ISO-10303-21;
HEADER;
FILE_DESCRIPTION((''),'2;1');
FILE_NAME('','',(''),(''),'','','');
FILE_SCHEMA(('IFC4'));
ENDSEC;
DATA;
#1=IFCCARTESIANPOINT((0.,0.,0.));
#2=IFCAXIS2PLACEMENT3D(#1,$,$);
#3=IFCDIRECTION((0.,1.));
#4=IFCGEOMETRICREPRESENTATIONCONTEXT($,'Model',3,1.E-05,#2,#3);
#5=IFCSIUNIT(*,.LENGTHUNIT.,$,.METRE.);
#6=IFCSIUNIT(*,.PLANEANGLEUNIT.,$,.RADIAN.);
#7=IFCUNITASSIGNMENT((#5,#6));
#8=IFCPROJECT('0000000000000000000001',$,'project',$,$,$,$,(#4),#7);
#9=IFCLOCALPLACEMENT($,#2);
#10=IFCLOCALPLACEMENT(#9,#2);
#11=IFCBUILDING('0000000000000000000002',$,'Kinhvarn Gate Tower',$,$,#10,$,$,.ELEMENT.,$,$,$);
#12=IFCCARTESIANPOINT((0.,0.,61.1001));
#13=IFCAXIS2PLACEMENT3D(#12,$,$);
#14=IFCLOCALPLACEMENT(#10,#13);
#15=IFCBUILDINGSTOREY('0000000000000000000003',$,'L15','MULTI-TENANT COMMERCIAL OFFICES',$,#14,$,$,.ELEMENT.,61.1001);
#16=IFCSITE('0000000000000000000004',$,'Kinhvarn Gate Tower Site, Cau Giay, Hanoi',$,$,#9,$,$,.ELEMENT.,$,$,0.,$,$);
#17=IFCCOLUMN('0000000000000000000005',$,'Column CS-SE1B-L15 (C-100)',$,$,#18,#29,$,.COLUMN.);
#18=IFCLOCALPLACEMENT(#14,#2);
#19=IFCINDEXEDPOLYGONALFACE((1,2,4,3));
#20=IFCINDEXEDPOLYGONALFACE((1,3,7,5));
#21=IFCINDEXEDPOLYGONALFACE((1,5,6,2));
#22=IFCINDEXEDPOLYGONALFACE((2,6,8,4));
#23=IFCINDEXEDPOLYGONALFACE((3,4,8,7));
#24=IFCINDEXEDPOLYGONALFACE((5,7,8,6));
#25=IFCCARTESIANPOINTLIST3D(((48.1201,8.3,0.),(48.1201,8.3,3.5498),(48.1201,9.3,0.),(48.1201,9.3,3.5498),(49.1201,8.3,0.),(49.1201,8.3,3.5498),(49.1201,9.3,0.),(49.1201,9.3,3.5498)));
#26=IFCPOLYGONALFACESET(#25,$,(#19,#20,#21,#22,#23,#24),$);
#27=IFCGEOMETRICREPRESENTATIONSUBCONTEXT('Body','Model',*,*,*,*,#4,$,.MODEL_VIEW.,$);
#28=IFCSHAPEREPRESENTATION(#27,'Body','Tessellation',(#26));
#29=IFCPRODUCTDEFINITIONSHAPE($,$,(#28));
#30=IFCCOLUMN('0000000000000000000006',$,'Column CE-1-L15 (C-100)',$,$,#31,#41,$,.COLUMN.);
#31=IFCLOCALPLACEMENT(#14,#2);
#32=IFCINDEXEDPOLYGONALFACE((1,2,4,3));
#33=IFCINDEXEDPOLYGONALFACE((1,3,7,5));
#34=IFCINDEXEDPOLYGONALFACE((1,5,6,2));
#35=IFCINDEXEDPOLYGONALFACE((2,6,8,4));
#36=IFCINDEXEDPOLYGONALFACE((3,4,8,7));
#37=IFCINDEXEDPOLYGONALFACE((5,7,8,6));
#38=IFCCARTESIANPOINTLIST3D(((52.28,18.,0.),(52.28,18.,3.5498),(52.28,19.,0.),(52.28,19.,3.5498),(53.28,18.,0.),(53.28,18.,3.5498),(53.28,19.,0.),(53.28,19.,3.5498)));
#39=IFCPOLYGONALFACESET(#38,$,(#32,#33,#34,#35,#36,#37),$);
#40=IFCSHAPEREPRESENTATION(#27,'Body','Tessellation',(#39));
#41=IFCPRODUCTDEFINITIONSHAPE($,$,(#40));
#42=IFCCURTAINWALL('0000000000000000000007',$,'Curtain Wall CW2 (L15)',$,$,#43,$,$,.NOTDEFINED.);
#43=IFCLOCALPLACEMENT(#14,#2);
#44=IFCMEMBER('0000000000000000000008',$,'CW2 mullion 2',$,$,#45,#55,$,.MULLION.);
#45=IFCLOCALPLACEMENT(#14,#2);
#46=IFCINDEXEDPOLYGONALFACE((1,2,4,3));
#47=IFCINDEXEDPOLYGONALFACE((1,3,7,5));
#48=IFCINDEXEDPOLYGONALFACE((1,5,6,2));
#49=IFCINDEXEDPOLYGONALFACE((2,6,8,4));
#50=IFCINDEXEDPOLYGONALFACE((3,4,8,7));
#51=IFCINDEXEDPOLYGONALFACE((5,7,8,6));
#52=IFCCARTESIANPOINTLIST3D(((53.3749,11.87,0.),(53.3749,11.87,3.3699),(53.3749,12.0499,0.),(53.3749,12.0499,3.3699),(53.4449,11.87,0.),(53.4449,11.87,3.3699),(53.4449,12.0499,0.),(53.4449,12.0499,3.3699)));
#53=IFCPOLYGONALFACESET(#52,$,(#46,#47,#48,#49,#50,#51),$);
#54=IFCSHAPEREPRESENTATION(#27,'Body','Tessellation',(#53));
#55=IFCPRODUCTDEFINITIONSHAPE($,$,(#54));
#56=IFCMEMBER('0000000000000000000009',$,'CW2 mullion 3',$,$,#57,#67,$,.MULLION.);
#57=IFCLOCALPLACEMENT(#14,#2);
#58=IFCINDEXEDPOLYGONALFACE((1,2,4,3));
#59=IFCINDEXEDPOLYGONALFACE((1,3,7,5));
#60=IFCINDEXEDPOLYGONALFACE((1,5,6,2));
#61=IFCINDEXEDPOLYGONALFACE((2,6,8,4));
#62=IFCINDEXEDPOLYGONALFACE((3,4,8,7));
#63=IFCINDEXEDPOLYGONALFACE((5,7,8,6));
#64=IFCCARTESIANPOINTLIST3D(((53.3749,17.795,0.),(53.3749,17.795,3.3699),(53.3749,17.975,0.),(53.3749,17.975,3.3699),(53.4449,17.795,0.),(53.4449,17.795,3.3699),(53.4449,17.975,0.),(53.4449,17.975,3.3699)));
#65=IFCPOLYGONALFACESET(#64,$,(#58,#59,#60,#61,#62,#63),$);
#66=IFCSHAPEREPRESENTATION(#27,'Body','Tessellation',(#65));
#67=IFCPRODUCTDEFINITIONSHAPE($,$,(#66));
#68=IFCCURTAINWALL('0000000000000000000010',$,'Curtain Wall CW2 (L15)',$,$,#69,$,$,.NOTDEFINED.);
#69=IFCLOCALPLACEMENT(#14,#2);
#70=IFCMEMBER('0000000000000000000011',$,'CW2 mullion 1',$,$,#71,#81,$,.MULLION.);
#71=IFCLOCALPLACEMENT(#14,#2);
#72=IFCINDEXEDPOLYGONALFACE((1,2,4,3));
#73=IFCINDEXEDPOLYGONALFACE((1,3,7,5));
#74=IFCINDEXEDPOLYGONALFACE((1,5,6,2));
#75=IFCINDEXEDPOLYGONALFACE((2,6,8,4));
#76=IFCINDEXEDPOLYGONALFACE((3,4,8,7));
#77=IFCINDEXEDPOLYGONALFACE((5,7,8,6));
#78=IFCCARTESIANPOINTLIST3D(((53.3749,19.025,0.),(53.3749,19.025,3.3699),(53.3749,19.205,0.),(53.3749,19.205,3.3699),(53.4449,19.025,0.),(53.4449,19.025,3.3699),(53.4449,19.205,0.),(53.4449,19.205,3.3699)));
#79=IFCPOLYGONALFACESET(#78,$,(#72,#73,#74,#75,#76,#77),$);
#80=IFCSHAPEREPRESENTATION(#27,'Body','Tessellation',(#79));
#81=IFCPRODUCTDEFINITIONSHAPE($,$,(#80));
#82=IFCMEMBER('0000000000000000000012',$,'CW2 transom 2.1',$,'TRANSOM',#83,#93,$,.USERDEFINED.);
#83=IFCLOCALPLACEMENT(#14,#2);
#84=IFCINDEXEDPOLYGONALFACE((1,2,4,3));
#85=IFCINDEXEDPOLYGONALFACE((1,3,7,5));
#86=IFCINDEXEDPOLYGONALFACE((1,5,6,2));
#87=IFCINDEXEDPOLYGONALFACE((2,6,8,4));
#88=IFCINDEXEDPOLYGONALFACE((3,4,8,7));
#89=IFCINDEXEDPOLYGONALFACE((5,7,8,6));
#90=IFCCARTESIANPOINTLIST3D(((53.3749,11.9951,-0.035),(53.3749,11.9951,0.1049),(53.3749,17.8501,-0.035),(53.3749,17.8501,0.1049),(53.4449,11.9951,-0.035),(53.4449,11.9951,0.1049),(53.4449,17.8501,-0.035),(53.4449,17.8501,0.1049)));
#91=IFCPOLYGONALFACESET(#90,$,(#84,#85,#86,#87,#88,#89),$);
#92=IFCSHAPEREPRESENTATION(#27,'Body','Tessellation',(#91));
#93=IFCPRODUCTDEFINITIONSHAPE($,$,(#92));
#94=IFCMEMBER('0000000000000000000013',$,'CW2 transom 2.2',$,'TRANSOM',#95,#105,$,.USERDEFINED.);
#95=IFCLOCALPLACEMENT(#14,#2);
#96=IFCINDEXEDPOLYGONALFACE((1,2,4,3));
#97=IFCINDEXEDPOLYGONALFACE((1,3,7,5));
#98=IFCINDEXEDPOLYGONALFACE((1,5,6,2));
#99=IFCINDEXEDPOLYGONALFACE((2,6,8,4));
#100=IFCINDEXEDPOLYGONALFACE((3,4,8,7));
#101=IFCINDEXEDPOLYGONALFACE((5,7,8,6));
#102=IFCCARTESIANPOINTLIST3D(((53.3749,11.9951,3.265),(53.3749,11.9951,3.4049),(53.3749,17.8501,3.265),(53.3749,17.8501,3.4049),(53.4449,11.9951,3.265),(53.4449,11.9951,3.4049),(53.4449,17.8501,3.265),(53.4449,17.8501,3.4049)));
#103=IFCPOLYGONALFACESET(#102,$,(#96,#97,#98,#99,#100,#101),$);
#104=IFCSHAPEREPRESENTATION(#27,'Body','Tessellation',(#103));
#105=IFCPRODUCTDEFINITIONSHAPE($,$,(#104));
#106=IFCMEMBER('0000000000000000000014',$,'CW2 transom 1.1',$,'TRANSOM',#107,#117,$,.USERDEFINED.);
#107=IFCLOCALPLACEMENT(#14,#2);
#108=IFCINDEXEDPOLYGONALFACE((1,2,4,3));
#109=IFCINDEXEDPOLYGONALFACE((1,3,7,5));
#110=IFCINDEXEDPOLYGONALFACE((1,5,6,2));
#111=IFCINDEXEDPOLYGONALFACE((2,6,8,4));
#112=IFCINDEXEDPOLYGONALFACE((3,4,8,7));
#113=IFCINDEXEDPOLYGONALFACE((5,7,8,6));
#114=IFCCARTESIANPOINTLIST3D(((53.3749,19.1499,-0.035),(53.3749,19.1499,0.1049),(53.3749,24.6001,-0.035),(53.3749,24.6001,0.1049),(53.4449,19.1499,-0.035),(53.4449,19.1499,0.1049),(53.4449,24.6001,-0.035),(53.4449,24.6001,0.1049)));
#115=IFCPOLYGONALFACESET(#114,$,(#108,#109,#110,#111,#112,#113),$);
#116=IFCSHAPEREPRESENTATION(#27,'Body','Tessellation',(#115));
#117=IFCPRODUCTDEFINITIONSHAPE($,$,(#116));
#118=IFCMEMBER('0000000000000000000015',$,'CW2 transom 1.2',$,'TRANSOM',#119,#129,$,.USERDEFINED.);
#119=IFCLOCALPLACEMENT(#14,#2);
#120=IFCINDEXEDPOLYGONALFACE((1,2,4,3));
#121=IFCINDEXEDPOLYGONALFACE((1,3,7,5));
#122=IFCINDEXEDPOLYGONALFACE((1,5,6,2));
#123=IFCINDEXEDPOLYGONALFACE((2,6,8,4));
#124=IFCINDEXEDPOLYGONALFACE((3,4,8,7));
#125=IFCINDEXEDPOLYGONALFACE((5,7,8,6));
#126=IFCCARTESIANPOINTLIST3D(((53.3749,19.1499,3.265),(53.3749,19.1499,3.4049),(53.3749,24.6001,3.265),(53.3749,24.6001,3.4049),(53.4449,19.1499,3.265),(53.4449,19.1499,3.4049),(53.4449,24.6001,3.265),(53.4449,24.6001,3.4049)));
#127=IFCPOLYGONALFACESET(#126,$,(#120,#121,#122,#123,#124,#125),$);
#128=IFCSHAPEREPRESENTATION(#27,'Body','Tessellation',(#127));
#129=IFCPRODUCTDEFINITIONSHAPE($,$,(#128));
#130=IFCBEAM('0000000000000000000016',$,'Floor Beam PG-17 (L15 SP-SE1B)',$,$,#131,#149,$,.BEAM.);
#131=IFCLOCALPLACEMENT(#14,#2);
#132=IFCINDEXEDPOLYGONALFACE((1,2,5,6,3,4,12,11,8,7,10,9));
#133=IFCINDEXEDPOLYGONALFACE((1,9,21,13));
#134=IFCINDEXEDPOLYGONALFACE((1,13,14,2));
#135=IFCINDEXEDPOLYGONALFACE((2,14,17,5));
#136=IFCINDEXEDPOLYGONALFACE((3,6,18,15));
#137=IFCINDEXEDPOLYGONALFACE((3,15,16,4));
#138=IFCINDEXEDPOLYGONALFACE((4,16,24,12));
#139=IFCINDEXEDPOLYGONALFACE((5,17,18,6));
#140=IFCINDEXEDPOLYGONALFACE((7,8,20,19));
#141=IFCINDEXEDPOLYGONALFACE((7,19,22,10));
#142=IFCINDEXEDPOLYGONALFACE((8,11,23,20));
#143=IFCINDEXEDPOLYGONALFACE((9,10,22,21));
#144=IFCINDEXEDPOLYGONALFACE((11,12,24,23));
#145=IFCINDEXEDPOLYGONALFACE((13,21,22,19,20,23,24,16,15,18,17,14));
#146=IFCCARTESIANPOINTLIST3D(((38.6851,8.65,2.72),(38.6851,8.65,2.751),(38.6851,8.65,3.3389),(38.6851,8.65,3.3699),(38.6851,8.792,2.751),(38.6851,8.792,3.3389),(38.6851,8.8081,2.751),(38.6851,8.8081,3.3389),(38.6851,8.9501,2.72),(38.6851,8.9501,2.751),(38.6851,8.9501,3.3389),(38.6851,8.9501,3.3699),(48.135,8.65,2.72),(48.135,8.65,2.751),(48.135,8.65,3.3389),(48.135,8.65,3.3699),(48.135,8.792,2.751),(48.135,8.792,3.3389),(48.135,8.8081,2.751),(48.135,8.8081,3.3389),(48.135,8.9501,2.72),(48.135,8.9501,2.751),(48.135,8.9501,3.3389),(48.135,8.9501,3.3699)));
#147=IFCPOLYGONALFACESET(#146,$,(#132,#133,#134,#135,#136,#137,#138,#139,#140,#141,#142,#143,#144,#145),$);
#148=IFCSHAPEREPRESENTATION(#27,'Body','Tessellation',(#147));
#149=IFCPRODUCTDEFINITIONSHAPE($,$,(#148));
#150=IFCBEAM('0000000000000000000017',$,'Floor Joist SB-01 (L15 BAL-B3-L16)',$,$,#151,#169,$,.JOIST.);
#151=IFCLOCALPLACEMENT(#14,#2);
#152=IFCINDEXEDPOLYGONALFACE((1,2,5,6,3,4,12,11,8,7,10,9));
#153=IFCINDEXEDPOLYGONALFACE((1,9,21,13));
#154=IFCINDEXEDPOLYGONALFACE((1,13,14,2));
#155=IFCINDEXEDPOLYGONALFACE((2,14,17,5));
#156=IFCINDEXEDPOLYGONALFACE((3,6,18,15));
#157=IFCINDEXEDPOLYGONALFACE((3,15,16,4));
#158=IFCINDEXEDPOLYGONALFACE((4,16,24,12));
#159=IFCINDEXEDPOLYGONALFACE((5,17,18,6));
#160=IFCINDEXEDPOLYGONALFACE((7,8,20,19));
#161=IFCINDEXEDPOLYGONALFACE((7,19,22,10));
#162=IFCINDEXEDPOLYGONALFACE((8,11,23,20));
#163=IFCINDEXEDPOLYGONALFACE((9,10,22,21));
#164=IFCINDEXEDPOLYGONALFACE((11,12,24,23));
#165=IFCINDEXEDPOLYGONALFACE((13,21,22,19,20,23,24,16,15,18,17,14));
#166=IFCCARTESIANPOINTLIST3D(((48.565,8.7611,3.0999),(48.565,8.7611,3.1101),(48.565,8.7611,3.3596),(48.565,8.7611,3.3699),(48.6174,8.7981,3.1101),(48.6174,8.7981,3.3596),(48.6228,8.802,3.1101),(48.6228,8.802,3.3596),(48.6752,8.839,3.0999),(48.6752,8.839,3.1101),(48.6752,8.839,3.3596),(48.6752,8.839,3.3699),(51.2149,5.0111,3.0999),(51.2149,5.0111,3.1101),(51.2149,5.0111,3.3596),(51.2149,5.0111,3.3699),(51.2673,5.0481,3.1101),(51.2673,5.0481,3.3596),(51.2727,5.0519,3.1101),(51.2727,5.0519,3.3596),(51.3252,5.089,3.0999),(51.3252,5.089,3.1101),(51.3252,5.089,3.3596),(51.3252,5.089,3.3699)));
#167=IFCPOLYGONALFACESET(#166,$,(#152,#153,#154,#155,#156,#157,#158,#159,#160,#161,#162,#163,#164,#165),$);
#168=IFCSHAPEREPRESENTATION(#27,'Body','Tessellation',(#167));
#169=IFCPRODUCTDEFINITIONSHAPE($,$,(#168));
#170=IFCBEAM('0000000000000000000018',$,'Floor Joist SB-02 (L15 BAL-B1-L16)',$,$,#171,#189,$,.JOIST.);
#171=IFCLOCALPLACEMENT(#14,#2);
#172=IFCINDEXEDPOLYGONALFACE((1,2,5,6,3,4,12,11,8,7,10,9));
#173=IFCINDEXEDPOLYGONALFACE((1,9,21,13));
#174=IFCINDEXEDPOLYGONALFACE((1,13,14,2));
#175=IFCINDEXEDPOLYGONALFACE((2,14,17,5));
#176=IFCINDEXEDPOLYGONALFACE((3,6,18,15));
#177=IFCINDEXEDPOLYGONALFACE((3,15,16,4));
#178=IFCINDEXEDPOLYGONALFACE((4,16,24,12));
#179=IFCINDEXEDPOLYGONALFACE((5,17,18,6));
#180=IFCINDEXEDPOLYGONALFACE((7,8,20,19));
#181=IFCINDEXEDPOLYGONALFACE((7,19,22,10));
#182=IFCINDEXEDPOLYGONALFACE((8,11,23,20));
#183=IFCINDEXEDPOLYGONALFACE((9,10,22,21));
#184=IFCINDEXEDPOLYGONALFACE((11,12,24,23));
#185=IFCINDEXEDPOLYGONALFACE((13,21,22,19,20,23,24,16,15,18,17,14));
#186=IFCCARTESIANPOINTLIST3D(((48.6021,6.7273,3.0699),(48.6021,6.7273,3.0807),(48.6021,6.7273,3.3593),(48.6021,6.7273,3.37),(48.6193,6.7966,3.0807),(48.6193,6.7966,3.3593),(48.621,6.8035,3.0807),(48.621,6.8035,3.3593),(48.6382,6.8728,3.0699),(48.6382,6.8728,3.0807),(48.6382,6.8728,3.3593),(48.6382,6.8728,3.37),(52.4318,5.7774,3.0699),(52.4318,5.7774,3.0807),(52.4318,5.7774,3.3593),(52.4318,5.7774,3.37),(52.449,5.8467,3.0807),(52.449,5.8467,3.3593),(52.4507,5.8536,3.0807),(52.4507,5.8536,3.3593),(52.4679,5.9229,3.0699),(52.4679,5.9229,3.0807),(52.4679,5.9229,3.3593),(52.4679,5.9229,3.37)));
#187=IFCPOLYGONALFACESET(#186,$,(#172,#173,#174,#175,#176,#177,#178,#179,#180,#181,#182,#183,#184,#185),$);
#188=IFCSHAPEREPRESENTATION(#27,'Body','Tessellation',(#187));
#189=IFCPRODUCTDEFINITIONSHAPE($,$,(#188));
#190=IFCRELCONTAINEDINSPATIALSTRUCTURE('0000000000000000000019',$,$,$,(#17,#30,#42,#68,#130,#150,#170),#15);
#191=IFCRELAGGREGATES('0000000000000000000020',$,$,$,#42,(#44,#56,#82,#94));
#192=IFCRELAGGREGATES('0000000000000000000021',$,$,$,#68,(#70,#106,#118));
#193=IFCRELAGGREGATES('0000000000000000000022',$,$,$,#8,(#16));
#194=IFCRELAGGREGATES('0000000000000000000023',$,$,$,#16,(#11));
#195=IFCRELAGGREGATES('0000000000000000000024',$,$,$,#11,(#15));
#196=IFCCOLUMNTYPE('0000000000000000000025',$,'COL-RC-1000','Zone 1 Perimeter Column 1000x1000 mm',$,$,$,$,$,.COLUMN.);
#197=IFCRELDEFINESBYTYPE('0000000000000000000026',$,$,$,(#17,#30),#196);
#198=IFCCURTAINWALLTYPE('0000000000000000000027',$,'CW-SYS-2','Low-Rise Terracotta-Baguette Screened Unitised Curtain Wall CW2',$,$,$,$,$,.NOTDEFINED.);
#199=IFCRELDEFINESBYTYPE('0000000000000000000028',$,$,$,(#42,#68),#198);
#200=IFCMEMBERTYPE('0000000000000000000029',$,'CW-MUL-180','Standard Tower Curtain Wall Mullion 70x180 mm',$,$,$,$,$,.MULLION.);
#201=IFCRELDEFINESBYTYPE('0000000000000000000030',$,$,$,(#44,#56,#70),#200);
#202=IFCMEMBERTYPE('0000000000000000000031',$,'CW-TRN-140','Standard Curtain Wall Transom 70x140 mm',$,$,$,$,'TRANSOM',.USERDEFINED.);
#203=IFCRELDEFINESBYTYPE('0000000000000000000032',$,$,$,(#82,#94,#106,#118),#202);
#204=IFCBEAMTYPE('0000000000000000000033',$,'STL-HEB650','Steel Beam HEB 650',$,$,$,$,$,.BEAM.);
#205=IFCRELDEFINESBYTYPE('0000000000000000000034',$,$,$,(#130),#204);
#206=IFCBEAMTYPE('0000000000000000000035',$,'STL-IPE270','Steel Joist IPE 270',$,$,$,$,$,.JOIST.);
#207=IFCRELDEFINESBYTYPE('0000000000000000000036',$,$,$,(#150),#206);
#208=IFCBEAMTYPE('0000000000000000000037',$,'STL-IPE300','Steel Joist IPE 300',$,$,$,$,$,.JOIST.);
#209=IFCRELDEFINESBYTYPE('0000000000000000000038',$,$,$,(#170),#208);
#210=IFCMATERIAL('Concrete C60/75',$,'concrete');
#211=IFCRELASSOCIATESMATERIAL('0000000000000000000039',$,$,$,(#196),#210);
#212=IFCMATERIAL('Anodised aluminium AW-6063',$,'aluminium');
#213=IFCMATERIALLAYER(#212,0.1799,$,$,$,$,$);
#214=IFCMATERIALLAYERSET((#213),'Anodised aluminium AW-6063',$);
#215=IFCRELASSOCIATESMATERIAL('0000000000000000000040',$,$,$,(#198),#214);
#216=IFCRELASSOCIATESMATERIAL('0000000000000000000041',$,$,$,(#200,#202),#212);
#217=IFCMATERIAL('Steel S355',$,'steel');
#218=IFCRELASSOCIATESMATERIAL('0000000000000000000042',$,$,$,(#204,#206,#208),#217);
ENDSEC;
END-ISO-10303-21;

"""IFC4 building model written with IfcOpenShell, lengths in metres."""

from ifc_helpers import new_model, si_unit, direction, frame, origin, origin_2d, place, context, subcontext, project, spatial, rectangle, i_section, extrude, material, layer, layer_set, material_profile, profile_set, type_object, element, aggregate, save


model = new_model("IFC4")

# Units and contexts
model_context = context("Model", 3, precision=1e-05, world=origin(), true_north=direction((0.0, 1.0)))
body_context = subcontext(model_context, "Body", "Model", "MODEL_VIEW")
ifc_project = project(units=[si_unit("LENGTHUNIT", "METRE"), si_unit("PLANEANGLEUNIT", "RADIAN")], contexts=[model_context])

# Site, building, storey
site_placement = place(None, origin())
site = spatial("IfcSite", under=ifc_project, at=site_placement, Name="Kinhvarn Gate Tower Site, Cau Giay, Hanoi", CompositionType="ELEMENT", RefElevation=0.0)
building_placement = place(site_placement, origin())
building = spatial("IfcBuilding", under=site, at=building_placement, Name="Kinhvarn Gate Tower", CompositionType="ELEMENT")
storey_placement = place(building_placement, frame((0.0, 0.0, 61.1001)))
storey = spatial("IfcBuildingStorey", under=building, at=storey_placement, Name="L15", Description="MULTI-TENANT COMMERCIAL OFFICES", CompositionType="ELEMENT", Elevation=61.1001)

# Columns
ifc_material_1 = material(Name="Concrete C60/75", Category="concrete")
ifc_material_profile_1 = material_profile(ifc_material_1, rectangle(XDim=1.0, YDim=1.0, at=origin_2d()), Name="RC 1000x1000")
ifc_profile_set_1 = profile_set([ifc_material_profile_1], Name="Concrete C60/75")
column_type = type_object("IfcColumnType", Name="COL-RC-1000", Description="Zone 1 Perimeter Column 1000x1000 mm", PredefinedType="COLUMN", material=ifc_profile_set_1)
for number, where, z_axis, x_axis, name in (
    (1, (48.6201, 8.8, 0.0), (0.0, 0.0, 1.0), (1.0, 0.0, 0.0), "Column CS-SE1B-L15 (C-100)"),
    (2, (52.78, 18.5, 0.0), (0.0, 0.0, 1.0), (1.0, 0.0, 0.0), "Column CE-1-L15 (C-100)"),
):
    element("IfcColumn", number, at=place(storey_placement, frame(where, z_axis=z_axis, x_axis=x_axis)), inside=storey, type_object=column_type, Name=name, PredefinedType="COLUMN", context=body_context, shape_type="SweptSolid", body=[
        extrude(rectangle(XDim=1.0, YDim=1.0, at=origin_2d()), origin(), (0.0, 0.0, 1.0), 3.5498),
    ])

# Curtain wall, members
ifc_material_2 = material(Name="Anodised aluminium AW-6063", Category="aluminium")
ifc_layer_1 = layer(ifc_material_2, 0.1799)
ifc_layer_set_1 = layer_set([ifc_layer_1], Name="Anodised aluminium AW-6063")
curtain_wall_type = type_object("IfcCurtainWallType", Name="CW-SYS-2", Description="Low-Rise Terracotta-Baguette Screened Unitised Curtain Wall CW2", PredefinedType="NOTDEFINED", material=ifc_layer_set_1)
curtain_wall_1_placement = place(storey_placement, origin())
curtain_wall_1 = element("IfcCurtainWall", 3, at=curtain_wall_1_placement, inside=storey, type_object=curtain_wall_type, Name="Curtain Wall CW2 (L15)", PredefinedType="NOTDEFINED")
ifc_material_profile_2 = material_profile(ifc_material_2, rectangle(XDim=0.0701, YDim=0.1799, at=origin_2d()), Name="ALU 70x180")
ifc_profile_set_2 = profile_set([ifc_material_profile_2], Name="Anodised aluminium AW-6063")
member_type_1 = type_object("IfcMemberType", Name="CW-MUL-180", Description="Standard Tower Curtain Wall Mullion 70x180 mm", PredefinedType="MULLION", material=ifc_profile_set_2)
member_1_placement = place(storey_placement, frame((53.4099, 11.96, 0.0), z_axis=(0.0, 0.0, 1.0), x_axis=(-1.0, 0.0, 0.0)))
member_1 = element("IfcMember", 4, at=member_1_placement, type_object=member_type_1, Name="CW2 mullion 2", PredefinedType="MULLION", context=body_context, shape_type="SweptSolid", body=[
    extrude(rectangle(XDim=0.0701, YDim=0.1799, at=origin_2d()), origin(), (0.0, 0.0, 1.0), 3.3699),
])
member_2_placement = place(storey_placement, frame((53.4099, 17.885, 0.0), z_axis=(0.0, 0.0, 1.0), x_axis=(-1.0, 0.0, 0.0)))
member_2 = element("IfcMember", 5, at=member_2_placement, type_object=member_type_1, Name="CW2 mullion 3", PredefinedType="MULLION", context=body_context, shape_type="SweptSolid", body=[
    extrude(rectangle(XDim=0.0701, YDim=0.1799, at=origin_2d()), origin(), (0.0, 0.0, 1.0), 3.3699),
])

# Curtain wall, member
curtain_wall_2_placement = place(storey_placement, origin())
curtain_wall_2 = element("IfcCurtainWall", 6, at=curtain_wall_2_placement, inside=storey, type_object=curtain_wall_type, Name="Curtain Wall CW2 (L15)", PredefinedType="NOTDEFINED")
member_3_placement = place(storey_placement, frame((53.4099, 19.115, 0.0), z_axis=(0.0, 0.0, 1.0), x_axis=(-1.0, 0.0, 0.0)))
member_3 = element("IfcMember", 7, at=member_3_placement, type_object=member_type_1, Name="CW2 mullion 1", PredefinedType="MULLION", context=body_context, shape_type="SweptSolid", body=[
    extrude(rectangle(XDim=0.0701, YDim=0.1799, at=origin_2d()), origin(), (0.0, 0.0, 1.0), 3.3699),
])

# Members
ifc_material_profile_3 = material_profile(ifc_material_2, rectangle(XDim=0.0701, YDim=0.1399, at=origin_2d()), Name="ALU 70x140")
ifc_profile_set_3 = profile_set([ifc_material_profile_3], Name="Anodised aluminium AW-6063")
member_type_2 = type_object("IfcMemberType", Name="CW-TRN-140", Description="Standard Curtain Wall Transom 70x140 mm", ElementType="TRANSOM", PredefinedType="USERDEFINED", material=ifc_profile_set_3)
member_4_placement = place(storey_placement, frame((53.4099, 11.9951, 0.0349), z_axis=(0.0, 1.0, 0.0), x_axis=(-1.0, 0.0, 0.0)))
member_4 = element("IfcMember", 8, at=member_4_placement, type_object=member_type_2, Name="CW2 transom 2.1", ObjectType="TRANSOM", PredefinedType="USERDEFINED", context=body_context, shape_type="SweptSolid", body=[
    extrude(rectangle(XDim=0.0701, YDim=0.1399, at=origin_2d()), origin(), (0.0, 0.0, 1.0), 5.855),
])
member_5_placement = place(storey_placement, frame((53.4099, 11.9951, 3.335), z_axis=(0.0, 1.0, 0.0), x_axis=(-1.0, 0.0, 0.0)))
member_5 = element("IfcMember", 9, at=member_5_placement, type_object=member_type_2, Name="CW2 transom 2.2", ObjectType="TRANSOM", PredefinedType="USERDEFINED", context=body_context, shape_type="SweptSolid", body=[
    extrude(rectangle(XDim=0.0701, YDim=0.1399, at=origin_2d()), origin(), (0.0, 0.0, 1.0), 5.855),
])
member_6_placement = place(storey_placement, frame((53.4099, 19.1499, 0.0349), z_axis=(0.0, 1.0, 0.0), x_axis=(-1.0, 0.0, 0.0)))
member_6 = element("IfcMember", 10, at=member_6_placement, type_object=member_type_2, Name="CW2 transom 1.1", ObjectType="TRANSOM", PredefinedType="USERDEFINED", context=body_context, shape_type="SweptSolid", body=[
    extrude(rectangle(XDim=0.0701, YDim=0.1399, at=origin_2d()), origin(), (0.0, 0.0, 1.0), 5.4502),
])
member_7_placement = place(storey_placement, frame((53.4099, 19.1499, 3.335), z_axis=(0.0, 1.0, 0.0), x_axis=(-1.0, 0.0, 0.0)))
member_7 = element("IfcMember", 11, at=member_7_placement, type_object=member_type_2, Name="CW2 transom 1.2", ObjectType="TRANSOM", PredefinedType="USERDEFINED", context=body_context, shape_type="SweptSolid", body=[
    extrude(rectangle(XDim=0.0701, YDim=0.1399, at=origin_2d()), origin(), (0.0, 0.0, 1.0), 5.4502),
])

# Beams
ifc_material_3 = material(Name="Steel S355", Category="steel")
ifc_material_profile_4 = material_profile(ifc_material_3, i_section(OverallWidth=0.3, OverallDepth=0.6499, WebThickness=0.0161, FlangeThickness=0.031, at=origin_2d()), Name="HEB 650")
ifc_profile_set_4 = profile_set([ifc_material_profile_4], Name="Steel S355")
beam_type_1 = type_object("IfcBeamType", Name="STL-HEB650", Description="Steel Beam HEB 650", PredefinedType="BEAM", material=ifc_profile_set_4)
beam_1_placement = place(storey_placement, frame((38.6851, 8.8, 3.0449), z_axis=(1.0, 0.0, 0.0), x_axis=(0.0, 1.0, 0.0)))
element("IfcBeam", 12, at=beam_1_placement, inside=storey, type_object=beam_type_1, Name="Floor Beam PG-17 (L15 SP-SE1B)", PredefinedType="BEAM", context=body_context, shape_type="SweptSolid", body=[
    extrude(i_section(OverallWidth=0.3, OverallDepth=0.6499, WebThickness=0.0161, FlangeThickness=0.031, at=origin_2d()), origin(), (0.0, 0.0, 1.0), 9.45),
])
ifc_material_profile_5 = material_profile(ifc_material_3, i_section(OverallWidth=0.135, OverallDepth=0.27, WebThickness=0.0066, FlangeThickness=0.0103, at=origin_2d()), Name="IPE 270")
ifc_profile_set_5 = profile_set([ifc_material_profile_5], Name="Steel S355")
beam_type_2 = type_object("IfcBeamType", Name="STL-IPE270", Description="Steel Joist IPE 270", PredefinedType="JOIST", material=ifc_profile_set_5)
beam_2_placement = place(storey_placement, frame((48.6201, 8.8, 3.2349), z_axis=(0.577096, -0.816676, 0.0), x_axis=(0.816676, 0.577096, 0.0)))
element("IfcBeam", 13, at=beam_2_placement, inside=storey, type_object=beam_type_2, Name="Floor Joist SB-01 (L15 BAL-B3-L16)", PredefinedType="JOIST", context=body_context, shape_type="SweptSolid", body=[
    extrude(i_section(OverallWidth=0.135, OverallDepth=0.27, WebThickness=0.0066, FlangeThickness=0.0103, at=origin_2d()), origin(), (0.0, 0.0, 1.0), 4.5918),
])
ifc_material_profile_6 = material_profile(ifc_material_3, i_section(OverallWidth=0.1499, OverallDepth=0.3, WebThickness=0.0071, FlangeThickness=0.0107, at=origin_2d()), Name="IPE 300")
ifc_profile_set_6 = profile_set([ifc_material_profile_6], Name="Steel S355")
beam_type_3 = type_object("IfcBeamType", Name="STL-IPE300", Description="Steel Joist IPE 300", PredefinedType="JOIST", material=ifc_profile_set_6)
beam_3_placement = place(storey_placement, frame((48.6201, 6.8, 3.22), z_axis=(0.970589, -0.240745, 0.0), x_axis=(0.240745, 0.970589, 0.0)))
element("IfcBeam", 14, at=beam_3_placement, inside=storey, type_object=beam_type_3, Name="Floor Joist SB-02 (L15 BAL-B1-L16)", PredefinedType="JOIST", context=body_context, shape_type="SweptSolid", body=[
    extrude(i_section(OverallWidth=0.1499, OverallDepth=0.3, WebThickness=0.0071, FlangeThickness=0.0107, at=origin_2d()), origin(), (0.0, 0.0, 1.0), 3.9458),
])

aggregate(curtain_wall_1, [member_1, member_2, member_4, member_5])
aggregate(curtain_wall_2, [member_3, member_6, member_7])

save(model, "model.ifc")
